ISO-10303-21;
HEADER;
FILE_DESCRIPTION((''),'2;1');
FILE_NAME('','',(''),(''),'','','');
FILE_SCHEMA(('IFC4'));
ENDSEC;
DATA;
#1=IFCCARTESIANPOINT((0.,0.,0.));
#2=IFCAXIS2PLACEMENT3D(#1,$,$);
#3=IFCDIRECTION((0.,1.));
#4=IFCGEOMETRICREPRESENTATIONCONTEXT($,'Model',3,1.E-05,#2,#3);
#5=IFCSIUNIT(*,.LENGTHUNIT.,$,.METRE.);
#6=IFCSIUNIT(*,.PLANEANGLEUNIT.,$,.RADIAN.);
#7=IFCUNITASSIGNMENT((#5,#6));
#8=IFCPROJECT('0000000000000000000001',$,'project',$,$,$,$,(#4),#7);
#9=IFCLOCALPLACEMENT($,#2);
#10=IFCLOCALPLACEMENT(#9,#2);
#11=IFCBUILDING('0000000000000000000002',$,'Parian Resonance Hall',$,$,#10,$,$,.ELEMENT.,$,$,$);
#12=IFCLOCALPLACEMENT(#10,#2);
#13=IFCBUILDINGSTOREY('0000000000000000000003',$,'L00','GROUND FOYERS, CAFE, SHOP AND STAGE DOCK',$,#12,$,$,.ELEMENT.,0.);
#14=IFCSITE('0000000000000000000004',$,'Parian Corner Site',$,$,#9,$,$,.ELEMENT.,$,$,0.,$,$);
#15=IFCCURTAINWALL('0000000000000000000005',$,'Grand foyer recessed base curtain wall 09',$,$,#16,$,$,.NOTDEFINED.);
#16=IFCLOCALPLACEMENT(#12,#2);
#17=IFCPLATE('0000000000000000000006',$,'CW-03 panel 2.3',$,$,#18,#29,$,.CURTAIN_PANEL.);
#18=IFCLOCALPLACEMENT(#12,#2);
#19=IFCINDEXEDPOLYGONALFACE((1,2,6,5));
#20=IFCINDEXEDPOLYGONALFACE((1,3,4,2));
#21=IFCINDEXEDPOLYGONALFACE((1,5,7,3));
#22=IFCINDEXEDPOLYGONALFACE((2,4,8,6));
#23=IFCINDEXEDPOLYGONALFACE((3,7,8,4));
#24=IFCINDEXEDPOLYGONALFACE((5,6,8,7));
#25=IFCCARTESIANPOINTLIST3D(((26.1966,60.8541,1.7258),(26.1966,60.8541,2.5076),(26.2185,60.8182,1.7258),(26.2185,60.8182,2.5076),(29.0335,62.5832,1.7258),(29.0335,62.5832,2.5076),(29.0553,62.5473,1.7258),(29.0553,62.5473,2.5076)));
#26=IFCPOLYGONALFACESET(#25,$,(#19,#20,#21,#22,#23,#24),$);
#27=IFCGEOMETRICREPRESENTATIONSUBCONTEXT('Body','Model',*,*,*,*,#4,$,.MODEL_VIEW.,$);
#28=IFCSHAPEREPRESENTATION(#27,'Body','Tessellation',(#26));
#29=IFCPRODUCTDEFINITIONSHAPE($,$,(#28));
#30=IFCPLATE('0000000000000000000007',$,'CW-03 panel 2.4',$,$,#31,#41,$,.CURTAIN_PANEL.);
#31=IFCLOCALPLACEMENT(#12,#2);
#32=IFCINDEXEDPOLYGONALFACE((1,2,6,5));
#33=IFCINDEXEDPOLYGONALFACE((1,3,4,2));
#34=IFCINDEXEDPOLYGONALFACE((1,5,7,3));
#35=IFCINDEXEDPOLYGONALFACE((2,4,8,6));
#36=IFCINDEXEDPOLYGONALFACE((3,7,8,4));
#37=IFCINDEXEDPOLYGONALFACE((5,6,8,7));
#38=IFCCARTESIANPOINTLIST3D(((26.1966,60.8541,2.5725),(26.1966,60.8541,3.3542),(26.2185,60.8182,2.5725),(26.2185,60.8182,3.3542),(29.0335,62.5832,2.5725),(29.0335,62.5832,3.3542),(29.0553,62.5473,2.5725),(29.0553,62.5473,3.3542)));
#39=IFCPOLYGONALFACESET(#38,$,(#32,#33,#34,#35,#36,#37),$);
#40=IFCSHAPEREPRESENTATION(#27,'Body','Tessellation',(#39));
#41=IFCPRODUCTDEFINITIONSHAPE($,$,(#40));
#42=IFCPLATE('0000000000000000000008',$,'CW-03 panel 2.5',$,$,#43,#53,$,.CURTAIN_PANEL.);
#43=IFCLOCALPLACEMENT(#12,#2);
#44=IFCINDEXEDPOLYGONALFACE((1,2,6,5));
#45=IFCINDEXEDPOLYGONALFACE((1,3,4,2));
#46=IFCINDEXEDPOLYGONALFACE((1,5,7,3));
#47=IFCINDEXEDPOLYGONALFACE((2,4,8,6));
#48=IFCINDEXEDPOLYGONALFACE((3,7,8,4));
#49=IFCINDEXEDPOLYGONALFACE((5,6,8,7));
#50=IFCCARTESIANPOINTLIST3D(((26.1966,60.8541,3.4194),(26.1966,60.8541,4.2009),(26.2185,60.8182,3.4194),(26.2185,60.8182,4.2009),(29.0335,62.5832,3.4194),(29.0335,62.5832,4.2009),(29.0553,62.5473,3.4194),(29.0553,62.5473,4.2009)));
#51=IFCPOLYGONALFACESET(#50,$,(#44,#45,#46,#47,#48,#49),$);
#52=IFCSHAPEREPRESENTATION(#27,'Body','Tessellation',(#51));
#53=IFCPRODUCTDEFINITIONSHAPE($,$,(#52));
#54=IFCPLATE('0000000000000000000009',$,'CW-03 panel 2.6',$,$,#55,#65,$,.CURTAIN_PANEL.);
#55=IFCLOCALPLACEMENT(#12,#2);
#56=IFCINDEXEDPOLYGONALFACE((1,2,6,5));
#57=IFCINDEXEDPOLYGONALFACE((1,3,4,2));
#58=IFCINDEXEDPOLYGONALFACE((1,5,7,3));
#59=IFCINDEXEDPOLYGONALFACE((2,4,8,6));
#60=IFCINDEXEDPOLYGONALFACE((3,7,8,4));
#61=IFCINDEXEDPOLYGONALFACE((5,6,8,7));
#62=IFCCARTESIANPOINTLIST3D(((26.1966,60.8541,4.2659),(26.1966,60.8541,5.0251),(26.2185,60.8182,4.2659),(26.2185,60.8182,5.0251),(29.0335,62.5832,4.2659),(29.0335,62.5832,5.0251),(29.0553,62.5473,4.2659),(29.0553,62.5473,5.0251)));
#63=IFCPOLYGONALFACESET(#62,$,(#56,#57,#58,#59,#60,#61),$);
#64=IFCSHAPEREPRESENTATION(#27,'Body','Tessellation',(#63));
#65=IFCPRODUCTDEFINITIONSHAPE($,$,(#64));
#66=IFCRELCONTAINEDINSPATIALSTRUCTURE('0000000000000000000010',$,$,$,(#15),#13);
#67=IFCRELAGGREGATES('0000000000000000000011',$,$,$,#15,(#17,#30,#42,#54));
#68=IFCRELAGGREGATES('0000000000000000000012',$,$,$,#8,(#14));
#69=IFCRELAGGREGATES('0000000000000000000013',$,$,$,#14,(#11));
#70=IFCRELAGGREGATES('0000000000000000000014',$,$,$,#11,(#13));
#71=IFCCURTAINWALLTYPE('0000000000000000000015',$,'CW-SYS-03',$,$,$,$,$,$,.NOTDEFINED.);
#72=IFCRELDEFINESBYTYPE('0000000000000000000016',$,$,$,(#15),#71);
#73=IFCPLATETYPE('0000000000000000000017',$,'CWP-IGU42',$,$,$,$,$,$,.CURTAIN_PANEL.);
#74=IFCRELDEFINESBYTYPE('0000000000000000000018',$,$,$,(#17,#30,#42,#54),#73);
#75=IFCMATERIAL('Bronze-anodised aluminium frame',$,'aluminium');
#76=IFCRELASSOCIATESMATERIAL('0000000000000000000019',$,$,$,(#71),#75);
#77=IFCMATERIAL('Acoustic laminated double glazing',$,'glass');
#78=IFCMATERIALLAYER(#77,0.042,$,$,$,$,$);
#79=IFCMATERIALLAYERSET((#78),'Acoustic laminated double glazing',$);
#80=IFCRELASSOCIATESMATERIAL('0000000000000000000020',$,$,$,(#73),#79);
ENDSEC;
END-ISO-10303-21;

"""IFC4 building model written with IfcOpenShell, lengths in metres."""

from ifc_helpers import new_model, si_unit, direction, frame, origin, origin_2d, place, context, subcontext, project, spatial, rectangle, extrude, material, layer, layer_set, type_object, element, aggregate, save


model = new_model("IFC4")

# Units and contexts
model_context = context("Model", 3, precision=1e-05, world=origin(), true_north=direction((0.0, 1.0)))
body_context = subcontext(model_context, "Body", "Model", "MODEL_VIEW")
ifc_project = project(units=[si_unit("LENGTHUNIT", "METRE"), si_unit("PLANEANGLEUNIT", "RADIAN")], contexts=[model_context])

# Site, building, storey
site_placement = place(None, origin())
site = spatial("IfcSite", under=ifc_project, at=site_placement, Name="Parian Corner Site", CompositionType="ELEMENT", RefElevation=0.0)
building_placement = place(site_placement, origin())
building = spatial("IfcBuilding", under=site, at=building_placement, Name="Parian Resonance Hall", CompositionType="ELEMENT")
storey_placement = place(building_placement, origin())
storey = spatial("IfcBuildingStorey", under=building, at=storey_placement, Name="L00", Description="GROUND FOYERS, CAFE, SHOP AND STAGE DOCK", CompositionType="ELEMENT", Elevation=0.0)

# Curtain wall
ifc_material_1 = material(Name="Bronze-anodised aluminium frame", Category="aluminium")
curtain_wall_type_1 = type_object("IfcCurtainWallType", Name="CW-SYS-03", PredefinedType="NOTDEFINED", material=ifc_material_1)
curtain_wall_1_placement = place(storey_placement, origin())
curtain_wall_1 = element("IfcCurtainWall", 1, at=curtain_wall_1_placement, inside=storey, type_object=curtain_wall_type_1, Name="Grand foyer recessed base curtain wall 09", PredefinedType="NOTDEFINED")

# Plates
ifc_material_2 = material(Name="Acoustic laminated double glazing", Category="glass")
ifc_layer_1 = layer(ifc_material_2, 0.042)
ifc_layer_set_1 = layer_set([ifc_layer_1], Name="Acoustic laminated double glazing")
plate_type_1 = type_object("IfcPlateType", Name="CWP-IGU42", PredefinedType="CURTAIN_PANEL", material=ifc_layer_set_1)
plate_1_placement = place(storey_placement, frame((27.626, 61.7007, 1.7258), z_axis=(0.0, 0.0, 1.0), x_axis=(0.853888, 0.520456, 0.0)))
plate_1 = element("IfcPlate", 2, at=plate_1_placement, type_object=plate_type_1, Name="CW-03 panel 2.3", PredefinedType="CURTAIN_PANEL", context=body_context, shape_type="SweptSolid", body=[
    extrude(rectangle(XDim=3.3223, YDim=0.042, at=origin_2d()), origin(), (0.0, 0.0, 1.0), 0.7817),
])
plate_2_placement = place(storey_placement, frame((27.626, 61.7007, 2.5725), z_axis=(0.0, 0.0, 1.0), x_axis=(0.853888, 0.520456, 0.0)))
plate_2 = element("IfcPlate", 3, at=plate_2_placement, type_object=plate_type_1, Name="CW-03 panel 2.4", PredefinedType="CURTAIN_PANEL", context=body_context, shape_type="SweptSolid", body=[
    extrude(rectangle(XDim=3.3223, YDim=0.042, at=origin_2d()), origin(), (0.0, 0.0, 1.0), 0.7817),
])
plate_3_placement = place(storey_placement, frame((27.626, 61.7007, 3.4194), z_axis=(0.0, 0.0, 1.0), x_axis=(0.853888, 0.520456, 0.0)))
plate_3 = element("IfcPlate", 4, at=plate_3_placement, type_object=plate_type_1, Name="CW-03 panel 2.5", PredefinedType="CURTAIN_PANEL", context=body_context, shape_type="SweptSolid", body=[
    extrude(rectangle(XDim=3.3223, YDim=0.042, at=origin_2d()), origin(), (0.0, 0.0, 1.0), 0.7815),
])
plate_4_placement = place(storey_placement, frame((27.626, 61.7007, 4.2659), z_axis=(0.0, 0.0, 1.0), x_axis=(0.853888, 0.520456, 0.0)))
plate_4 = element("IfcPlate", 5, at=plate_4_placement, type_object=plate_type_1, Name="CW-03 panel 2.6", PredefinedType="CURTAIN_PANEL", context=body_context, shape_type="SweptSolid", body=[
    extrude(rectangle(XDim=3.3223, YDim=0.042, at=origin_2d()), origin(), (0.0, 0.0, 1.0), 0.7593),
])
aggregate(curtain_wall_1, [plate_1, plate_2, plate_3, plate_4])

save(model, "model.ifc")
